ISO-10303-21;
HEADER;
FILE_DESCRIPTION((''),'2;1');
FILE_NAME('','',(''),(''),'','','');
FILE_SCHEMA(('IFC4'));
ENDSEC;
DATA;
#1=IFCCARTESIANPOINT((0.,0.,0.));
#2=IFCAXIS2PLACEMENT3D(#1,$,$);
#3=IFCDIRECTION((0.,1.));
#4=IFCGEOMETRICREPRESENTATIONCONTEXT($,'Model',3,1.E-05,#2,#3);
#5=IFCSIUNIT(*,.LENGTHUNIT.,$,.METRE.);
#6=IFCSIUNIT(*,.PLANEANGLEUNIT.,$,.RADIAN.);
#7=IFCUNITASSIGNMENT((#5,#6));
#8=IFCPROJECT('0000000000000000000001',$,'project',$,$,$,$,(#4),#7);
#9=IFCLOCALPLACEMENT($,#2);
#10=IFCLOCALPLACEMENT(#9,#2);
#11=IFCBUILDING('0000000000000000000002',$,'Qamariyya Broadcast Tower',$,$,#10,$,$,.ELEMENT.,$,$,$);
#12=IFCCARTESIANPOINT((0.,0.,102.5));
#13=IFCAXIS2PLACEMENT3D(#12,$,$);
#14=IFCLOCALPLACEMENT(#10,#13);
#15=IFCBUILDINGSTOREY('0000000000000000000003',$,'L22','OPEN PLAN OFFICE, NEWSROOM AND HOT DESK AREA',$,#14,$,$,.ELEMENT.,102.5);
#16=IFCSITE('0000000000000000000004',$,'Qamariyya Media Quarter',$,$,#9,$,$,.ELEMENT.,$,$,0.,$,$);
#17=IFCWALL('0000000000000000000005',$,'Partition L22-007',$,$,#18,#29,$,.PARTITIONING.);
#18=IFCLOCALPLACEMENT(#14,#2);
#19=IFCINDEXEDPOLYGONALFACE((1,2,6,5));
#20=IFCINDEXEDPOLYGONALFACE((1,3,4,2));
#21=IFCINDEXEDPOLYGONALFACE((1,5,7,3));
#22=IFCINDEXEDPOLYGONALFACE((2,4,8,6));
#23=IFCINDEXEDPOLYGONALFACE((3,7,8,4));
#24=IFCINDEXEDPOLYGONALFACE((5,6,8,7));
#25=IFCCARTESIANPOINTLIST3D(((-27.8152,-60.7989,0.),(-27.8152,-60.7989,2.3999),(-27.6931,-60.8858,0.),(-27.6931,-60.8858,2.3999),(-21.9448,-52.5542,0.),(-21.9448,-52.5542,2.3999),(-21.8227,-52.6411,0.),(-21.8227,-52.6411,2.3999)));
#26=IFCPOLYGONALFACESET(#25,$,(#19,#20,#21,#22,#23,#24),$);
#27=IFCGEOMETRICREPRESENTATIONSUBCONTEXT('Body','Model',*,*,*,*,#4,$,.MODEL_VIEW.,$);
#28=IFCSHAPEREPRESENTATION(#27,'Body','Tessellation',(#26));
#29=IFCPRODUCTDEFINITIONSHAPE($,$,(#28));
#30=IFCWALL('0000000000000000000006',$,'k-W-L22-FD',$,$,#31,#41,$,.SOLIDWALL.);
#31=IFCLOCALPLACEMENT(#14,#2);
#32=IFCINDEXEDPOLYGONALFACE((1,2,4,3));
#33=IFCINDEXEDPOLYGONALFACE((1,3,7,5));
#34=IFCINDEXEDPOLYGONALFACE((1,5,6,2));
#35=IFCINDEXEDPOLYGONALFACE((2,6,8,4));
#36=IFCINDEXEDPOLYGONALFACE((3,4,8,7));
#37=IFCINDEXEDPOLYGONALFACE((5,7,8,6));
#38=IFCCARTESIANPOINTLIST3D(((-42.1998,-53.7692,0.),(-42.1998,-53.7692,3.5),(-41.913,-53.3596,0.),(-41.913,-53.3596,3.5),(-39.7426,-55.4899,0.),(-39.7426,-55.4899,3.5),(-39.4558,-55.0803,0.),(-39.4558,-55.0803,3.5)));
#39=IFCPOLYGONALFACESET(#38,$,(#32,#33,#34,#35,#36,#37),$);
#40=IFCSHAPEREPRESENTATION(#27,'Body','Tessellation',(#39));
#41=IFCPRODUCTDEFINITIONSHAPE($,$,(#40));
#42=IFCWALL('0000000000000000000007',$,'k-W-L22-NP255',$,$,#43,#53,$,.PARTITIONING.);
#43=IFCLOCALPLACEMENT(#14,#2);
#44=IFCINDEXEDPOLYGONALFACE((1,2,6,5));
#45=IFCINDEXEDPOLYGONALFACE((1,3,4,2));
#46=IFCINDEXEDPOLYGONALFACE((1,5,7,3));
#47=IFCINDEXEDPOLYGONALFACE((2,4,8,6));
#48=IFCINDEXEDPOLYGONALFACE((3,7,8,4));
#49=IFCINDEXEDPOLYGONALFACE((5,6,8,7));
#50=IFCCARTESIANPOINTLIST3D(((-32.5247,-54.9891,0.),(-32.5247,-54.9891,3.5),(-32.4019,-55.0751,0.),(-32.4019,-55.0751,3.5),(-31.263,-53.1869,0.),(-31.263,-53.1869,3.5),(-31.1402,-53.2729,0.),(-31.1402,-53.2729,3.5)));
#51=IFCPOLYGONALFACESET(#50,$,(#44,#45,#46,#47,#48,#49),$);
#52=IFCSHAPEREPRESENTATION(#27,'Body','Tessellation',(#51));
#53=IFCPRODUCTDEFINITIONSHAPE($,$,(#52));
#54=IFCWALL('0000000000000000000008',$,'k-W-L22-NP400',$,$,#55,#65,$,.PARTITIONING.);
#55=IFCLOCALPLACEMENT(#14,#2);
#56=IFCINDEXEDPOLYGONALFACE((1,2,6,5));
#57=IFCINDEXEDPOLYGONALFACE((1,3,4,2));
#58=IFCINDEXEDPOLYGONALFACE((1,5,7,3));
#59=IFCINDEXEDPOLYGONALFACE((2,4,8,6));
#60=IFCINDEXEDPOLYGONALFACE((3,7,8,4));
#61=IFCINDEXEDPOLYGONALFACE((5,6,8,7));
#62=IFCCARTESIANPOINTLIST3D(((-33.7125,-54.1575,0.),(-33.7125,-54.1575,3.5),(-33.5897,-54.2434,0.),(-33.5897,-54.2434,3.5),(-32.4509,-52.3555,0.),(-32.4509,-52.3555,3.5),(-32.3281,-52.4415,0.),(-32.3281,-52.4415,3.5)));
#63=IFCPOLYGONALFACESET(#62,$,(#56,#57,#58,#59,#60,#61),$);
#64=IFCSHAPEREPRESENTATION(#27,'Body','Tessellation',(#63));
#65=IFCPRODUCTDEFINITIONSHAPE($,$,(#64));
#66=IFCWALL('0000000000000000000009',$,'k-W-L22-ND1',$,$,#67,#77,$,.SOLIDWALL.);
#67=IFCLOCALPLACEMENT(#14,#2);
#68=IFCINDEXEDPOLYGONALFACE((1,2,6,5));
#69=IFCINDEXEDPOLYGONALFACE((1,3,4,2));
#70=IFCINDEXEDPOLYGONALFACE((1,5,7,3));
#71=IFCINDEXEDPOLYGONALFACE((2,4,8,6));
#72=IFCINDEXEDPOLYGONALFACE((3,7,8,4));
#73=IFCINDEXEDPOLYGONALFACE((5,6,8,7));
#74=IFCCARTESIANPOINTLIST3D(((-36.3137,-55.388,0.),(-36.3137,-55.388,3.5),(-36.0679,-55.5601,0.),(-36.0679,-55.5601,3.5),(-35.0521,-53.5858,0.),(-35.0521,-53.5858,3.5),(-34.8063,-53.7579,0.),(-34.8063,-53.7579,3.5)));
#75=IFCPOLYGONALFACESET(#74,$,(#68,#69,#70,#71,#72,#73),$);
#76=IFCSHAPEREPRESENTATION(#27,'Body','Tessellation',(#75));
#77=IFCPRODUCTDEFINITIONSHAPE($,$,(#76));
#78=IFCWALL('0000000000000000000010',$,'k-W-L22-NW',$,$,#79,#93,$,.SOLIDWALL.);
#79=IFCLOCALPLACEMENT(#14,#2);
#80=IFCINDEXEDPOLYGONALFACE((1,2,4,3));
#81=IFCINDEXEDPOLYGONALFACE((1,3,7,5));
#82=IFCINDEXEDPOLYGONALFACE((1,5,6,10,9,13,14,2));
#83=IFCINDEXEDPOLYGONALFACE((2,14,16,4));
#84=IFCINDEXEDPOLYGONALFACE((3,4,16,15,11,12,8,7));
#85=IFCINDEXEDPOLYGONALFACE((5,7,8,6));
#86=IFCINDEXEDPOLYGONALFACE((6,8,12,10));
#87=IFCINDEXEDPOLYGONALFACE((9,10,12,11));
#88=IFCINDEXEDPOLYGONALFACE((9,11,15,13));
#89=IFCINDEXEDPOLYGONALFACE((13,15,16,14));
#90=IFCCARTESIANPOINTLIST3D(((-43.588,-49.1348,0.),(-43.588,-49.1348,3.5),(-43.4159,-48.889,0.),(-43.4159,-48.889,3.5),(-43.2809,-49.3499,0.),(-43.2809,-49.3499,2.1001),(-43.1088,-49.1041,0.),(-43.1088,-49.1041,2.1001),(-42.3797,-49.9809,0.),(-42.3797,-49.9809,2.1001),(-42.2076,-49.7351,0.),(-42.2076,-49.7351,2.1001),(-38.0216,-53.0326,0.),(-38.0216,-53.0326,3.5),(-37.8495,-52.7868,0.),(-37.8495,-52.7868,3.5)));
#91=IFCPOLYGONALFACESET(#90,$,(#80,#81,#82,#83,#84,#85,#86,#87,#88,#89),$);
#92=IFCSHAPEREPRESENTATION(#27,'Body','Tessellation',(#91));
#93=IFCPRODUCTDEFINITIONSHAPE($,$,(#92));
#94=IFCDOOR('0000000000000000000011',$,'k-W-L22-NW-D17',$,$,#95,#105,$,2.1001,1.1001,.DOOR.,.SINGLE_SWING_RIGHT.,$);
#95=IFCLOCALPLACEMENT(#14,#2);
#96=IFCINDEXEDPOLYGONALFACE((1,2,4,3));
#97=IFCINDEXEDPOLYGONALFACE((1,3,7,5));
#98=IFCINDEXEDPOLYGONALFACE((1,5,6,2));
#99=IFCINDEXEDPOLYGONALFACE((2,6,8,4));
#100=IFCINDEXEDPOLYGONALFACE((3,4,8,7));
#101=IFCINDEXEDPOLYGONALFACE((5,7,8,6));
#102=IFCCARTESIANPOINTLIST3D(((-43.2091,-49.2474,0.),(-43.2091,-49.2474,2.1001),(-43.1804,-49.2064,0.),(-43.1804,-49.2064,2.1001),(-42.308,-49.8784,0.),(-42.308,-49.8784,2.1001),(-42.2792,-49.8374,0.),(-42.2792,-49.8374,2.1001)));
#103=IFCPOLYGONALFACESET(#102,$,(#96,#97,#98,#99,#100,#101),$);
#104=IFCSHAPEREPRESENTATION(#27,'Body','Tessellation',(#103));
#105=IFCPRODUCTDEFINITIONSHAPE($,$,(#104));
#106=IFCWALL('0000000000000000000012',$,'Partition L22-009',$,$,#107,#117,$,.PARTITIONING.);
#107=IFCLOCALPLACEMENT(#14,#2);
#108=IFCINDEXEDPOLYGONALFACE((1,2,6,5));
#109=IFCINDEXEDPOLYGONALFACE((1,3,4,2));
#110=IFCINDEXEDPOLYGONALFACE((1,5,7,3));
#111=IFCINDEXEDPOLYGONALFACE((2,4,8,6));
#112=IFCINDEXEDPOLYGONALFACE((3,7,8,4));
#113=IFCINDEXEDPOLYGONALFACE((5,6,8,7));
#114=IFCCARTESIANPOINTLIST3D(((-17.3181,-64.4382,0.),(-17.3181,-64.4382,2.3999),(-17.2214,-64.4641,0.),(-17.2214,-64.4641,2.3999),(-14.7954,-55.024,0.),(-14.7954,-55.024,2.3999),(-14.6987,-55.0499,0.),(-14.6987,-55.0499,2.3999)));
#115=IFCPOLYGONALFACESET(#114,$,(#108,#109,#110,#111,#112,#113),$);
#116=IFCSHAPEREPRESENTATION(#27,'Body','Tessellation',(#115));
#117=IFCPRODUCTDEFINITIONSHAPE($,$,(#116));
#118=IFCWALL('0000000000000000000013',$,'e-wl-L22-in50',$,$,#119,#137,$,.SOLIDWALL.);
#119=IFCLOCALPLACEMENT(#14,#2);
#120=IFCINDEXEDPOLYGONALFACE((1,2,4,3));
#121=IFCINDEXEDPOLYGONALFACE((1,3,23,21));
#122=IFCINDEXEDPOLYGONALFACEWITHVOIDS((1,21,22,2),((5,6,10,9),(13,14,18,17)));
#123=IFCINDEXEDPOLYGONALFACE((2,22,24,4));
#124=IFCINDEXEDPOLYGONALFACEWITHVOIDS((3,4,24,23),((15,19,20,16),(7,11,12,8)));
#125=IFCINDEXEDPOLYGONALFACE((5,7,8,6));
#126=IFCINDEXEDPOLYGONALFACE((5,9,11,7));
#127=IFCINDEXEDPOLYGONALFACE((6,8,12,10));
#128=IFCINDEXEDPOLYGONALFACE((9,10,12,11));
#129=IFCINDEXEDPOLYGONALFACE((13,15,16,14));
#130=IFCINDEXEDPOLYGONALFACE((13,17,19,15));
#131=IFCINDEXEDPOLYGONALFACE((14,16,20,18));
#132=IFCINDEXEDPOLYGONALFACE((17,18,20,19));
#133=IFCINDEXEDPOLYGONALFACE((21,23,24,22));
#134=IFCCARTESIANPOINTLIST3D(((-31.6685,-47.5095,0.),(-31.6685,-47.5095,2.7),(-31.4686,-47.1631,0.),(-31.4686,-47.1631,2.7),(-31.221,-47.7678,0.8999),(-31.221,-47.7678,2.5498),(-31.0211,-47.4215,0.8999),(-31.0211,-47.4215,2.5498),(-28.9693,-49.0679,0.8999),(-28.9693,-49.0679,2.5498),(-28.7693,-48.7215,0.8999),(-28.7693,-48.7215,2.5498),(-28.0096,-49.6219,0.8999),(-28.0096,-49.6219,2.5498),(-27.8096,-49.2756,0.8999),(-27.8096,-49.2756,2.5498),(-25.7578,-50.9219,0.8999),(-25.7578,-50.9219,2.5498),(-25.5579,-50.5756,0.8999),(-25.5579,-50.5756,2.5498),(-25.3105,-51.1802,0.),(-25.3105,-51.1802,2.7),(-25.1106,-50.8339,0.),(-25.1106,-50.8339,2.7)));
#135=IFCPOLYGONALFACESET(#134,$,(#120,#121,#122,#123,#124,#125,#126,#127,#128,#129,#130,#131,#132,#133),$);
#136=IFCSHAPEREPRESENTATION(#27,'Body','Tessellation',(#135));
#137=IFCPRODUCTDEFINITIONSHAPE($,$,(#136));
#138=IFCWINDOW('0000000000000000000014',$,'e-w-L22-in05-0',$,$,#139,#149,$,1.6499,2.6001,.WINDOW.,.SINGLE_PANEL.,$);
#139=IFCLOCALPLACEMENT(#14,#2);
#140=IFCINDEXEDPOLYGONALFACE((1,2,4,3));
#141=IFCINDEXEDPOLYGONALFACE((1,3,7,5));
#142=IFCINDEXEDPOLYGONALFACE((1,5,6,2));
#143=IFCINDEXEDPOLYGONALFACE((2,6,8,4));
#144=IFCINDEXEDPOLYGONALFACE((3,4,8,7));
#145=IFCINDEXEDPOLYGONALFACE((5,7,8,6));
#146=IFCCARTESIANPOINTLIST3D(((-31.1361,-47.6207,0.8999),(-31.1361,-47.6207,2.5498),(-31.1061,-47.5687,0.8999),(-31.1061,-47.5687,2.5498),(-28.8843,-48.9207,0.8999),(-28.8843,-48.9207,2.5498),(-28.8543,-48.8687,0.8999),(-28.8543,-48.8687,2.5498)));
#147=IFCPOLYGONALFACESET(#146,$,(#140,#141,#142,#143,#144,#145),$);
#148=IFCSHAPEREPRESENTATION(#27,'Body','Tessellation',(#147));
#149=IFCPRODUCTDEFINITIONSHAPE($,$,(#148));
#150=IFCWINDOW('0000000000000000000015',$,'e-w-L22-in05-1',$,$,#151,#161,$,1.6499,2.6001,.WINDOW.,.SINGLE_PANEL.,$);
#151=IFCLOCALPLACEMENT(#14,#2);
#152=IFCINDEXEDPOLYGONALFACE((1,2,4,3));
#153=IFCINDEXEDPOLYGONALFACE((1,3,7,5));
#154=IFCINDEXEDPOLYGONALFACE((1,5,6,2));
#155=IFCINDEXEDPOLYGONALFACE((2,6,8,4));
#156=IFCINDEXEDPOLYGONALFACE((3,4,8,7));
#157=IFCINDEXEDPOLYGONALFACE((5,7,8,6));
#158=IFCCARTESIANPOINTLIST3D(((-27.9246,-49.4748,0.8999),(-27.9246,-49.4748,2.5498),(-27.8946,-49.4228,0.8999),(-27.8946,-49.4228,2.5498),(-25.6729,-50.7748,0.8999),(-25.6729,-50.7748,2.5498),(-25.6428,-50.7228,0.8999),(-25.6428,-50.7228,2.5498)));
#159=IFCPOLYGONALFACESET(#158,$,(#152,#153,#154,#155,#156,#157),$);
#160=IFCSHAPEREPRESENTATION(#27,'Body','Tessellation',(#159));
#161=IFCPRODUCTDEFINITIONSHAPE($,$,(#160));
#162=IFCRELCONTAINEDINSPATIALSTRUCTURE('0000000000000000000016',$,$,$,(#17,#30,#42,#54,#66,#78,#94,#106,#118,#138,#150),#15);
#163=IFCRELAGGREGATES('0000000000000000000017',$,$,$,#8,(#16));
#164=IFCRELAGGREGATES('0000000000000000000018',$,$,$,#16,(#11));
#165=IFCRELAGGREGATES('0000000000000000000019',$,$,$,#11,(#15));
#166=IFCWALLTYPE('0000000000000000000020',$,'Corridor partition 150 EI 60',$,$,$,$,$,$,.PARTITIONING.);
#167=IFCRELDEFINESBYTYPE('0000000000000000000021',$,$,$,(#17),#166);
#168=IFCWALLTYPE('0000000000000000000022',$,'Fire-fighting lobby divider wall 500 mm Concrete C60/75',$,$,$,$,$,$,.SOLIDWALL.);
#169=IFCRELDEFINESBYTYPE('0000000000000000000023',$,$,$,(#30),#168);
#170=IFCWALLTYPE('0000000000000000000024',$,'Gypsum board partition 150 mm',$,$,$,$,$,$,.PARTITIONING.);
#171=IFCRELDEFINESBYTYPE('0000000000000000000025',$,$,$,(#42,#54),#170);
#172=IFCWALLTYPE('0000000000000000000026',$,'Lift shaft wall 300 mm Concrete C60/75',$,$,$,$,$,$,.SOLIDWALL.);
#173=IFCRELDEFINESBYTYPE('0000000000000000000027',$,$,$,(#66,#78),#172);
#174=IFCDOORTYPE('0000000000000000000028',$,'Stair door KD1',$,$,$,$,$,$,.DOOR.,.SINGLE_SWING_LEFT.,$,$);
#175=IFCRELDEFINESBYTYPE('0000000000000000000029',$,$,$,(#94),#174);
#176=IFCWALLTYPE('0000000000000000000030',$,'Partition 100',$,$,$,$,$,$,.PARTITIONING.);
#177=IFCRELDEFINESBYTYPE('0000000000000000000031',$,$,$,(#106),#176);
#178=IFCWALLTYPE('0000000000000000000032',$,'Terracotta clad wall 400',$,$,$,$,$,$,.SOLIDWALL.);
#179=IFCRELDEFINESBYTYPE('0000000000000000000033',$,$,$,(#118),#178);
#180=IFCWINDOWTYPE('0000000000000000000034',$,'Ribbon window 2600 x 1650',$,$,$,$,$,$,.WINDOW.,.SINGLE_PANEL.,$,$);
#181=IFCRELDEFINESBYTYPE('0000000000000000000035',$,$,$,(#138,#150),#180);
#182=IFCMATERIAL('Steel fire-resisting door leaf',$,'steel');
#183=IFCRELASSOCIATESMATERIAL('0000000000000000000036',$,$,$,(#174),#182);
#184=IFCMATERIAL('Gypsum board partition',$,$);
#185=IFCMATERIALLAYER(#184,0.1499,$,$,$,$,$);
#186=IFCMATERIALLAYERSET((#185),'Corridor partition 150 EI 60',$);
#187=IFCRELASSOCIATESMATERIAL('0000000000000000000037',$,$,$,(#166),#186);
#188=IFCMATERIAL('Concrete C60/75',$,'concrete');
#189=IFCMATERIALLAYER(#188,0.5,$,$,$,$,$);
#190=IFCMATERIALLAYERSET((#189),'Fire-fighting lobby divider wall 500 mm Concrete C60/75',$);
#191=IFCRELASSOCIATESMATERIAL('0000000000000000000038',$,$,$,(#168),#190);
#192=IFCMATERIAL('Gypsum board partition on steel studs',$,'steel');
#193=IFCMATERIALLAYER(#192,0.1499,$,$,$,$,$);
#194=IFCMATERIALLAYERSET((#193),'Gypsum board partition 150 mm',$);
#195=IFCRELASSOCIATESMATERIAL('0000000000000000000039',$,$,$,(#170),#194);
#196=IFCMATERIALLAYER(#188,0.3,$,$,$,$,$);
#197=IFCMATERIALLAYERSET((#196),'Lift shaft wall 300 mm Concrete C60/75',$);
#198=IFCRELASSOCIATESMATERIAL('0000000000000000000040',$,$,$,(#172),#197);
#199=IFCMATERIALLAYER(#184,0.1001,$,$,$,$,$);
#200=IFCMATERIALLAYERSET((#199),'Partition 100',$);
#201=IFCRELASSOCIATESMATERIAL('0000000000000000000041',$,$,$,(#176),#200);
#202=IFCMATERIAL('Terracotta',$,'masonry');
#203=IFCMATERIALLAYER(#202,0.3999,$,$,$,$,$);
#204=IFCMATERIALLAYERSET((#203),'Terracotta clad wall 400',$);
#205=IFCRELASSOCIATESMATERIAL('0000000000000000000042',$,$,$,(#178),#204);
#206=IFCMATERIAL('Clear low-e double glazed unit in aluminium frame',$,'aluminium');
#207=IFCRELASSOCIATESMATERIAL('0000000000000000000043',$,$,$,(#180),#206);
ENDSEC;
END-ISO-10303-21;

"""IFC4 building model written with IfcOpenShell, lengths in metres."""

from ifc_helpers import new_model, si_unit, direction, frame, frame_2d, origin, place, context, subcontext, project, spatial, rectangle, extrude, material, layer, layer_set, type_object, element, fill, save


model = new_model("IFC4")

# Units and contexts
model_context = context("Model", 3, precision=1e-05, world=origin(), true_north=direction((0.0, 1.0)))
body_context = subcontext(model_context, "Body", "Model", "MODEL_VIEW")
ifc_project = project(units=[si_unit("LENGTHUNIT", "METRE"), si_unit("PLANEANGLEUNIT", "RADIAN")], contexts=[model_context])

# Site, building, storey
site_placement = place(None, origin())
site = spatial("IfcSite", under=ifc_project, at=site_placement, Name="Qamariyya Media Quarter", CompositionType="ELEMENT", RefElevation=0.0)
building_placement = place(site_placement, origin())
building = spatial("IfcBuilding", under=site, at=building_placement, Name="Qamariyya Broadcast Tower", CompositionType="ELEMENT")
storey_placement = place(building_placement, frame((0.0, 0.0, 102.5)))
storey = spatial("IfcBuildingStorey", under=building, at=storey_placement, Name="L22", Description="OPEN PLAN OFFICE, NEWSROOM AND HOT DESK AREA", CompositionType="ELEMENT", Elevation=102.5)

# Shared definitions
ifc_material_1 = material(Name="Steel fire-resisting door leaf", Category="steel")
door_type_1 = type_object("IfcDoorType", Name="Stair door KD1", OperationType="SINGLE_SWING_LEFT", PredefinedType="DOOR", material=ifc_material_1)

# Walls
ifc_material_2 = material(Name="Gypsum board partition")
ifc_layer_1 = layer(ifc_material_2, 0.1499)
ifc_layer_set_1 = layer_set([ifc_layer_1], Name="Corridor partition 150 EI 60")
wall_type_1 = type_object("IfcWallType", Name="Corridor partition 150 EI 60", PredefinedType="PARTITIONING", material=ifc_layer_set_1)
wall_1_placement = place(storey_placement, frame((-21.8838, -52.5977, 0.0), z_axis=(0.0, 0.0, 1.0), x_axis=(-0.580017, -0.814605, 0.0)))
element("IfcWall", 1, at=wall_1_placement, inside=storey, type_object=wall_type_1, Name="Partition L22-007", PredefinedType="PARTITIONING", context=body_context, shape_type="SweptSolid", body=[
    extrude(rectangle(XDim=10.1211, YDim=0.1499, at=frame_2d((5.0605, 0.0))), origin(), (0.0, 0.0, 1.0), 2.3999),
])
ifc_material_3 = material(Name="Concrete C60/75", Category="concrete")
ifc_layer_2 = layer(ifc_material_3, 0.5)
ifc_layer_set_2 = layer_set([ifc_layer_2], Name="Fire-fighting lobby divider wall 500 mm Concrete C60/75")
wall_type_2 = type_object("IfcWallType", Name="Fire-fighting lobby divider wall 500 mm Concrete C60/75", PredefinedType="SOLIDWALL", material=ifc_layer_set_2)
wall_2_placement = place(storey_placement, frame((-39.5991, -55.2852, 0.0), z_axis=(0.0, 0.0, 1.0), x_axis=(-0.819136, 0.573599, 0.0)))
element("IfcWall", 2, at=wall_2_placement, inside=storey, type_object=wall_type_2, Name="k-W-L22-FD", PredefinedType="SOLIDWALL", context=body_context, shape_type="SweptSolid", body=[
    extrude(rectangle(XDim=2.9998, YDim=0.5, at=frame_2d((1.5, 0.0))), origin(), (0.0, 0.0, 1.0), 3.5),
])
ifc_material_4 = material(Name="Gypsum board partition on steel studs", Category="steel")
ifc_layer_3 = layer(ifc_material_4, 0.1499)
ifc_layer_set_3 = layer_set([ifc_layer_3], Name="Gypsum board partition 150 mm")
wall_type_3 = type_object("IfcWallType", Name="Gypsum board partition 150 mm", PredefinedType="PARTITIONING", material=ifc_layer_set_3)
wall_3_placement = place(storey_placement, frame((-32.4634, -55.0322, 0.0), z_axis=(0.0, 0.0, 1.0), x_axis=(0.573507, 0.819201, 0.0)))
element("IfcWall", 3, at=wall_3_placement, inside=storey, type_object=wall_type_3, Name="k-W-L22-NP255", PredefinedType="PARTITIONING", context=body_context, shape_type="SweptSolid", body=[
    extrude(rectangle(XDim=2.2, YDim=0.1499, at=frame_2d((1.1001, 0.0))), origin(), (0.0, 0.0, 1.0), 3.5),
])
wall_4_placement = place(storey_placement, frame((-33.6511, -54.2004, 0.0), z_axis=(0.0, 0.0, 1.0), x_axis=(0.573559, 0.819164, 0.0)))
element("IfcWall", 4, at=wall_4_placement, inside=storey, type_object=wall_type_3, Name="k-W-L22-NP400", PredefinedType="PARTITIONING", context=body_context, shape_type="SweptSolid", body=[
    extrude(rectangle(XDim=2.1997, YDim=0.1499, at=frame_2d((1.0999, 0.0))), origin(), (0.0, 0.0, 1.0), 3.5),
])
ifc_layer_4 = layer(ifc_material_3, 0.3)
ifc_layer_set_4 = layer_set([ifc_layer_4], Name="Lift shaft wall 300 mm Concrete C60/75")
wall_type_4 = type_object("IfcWallType", Name="Lift shaft wall 300 mm Concrete C60/75", PredefinedType="SOLIDWALL", material=ifc_layer_set_4)
wall_5_placement = place(storey_placement, frame((-36.1909, -55.4741, 0.0), z_axis=(0.0, 0.0, 1.0), x_axis=(0.573507, 0.819201, 0.0)))
element("IfcWall", 5, at=wall_5_placement, inside=storey, type_object=wall_type_4, Name="k-W-L22-ND1", PredefinedType="SOLIDWALL", context=body_context, shape_type="SweptSolid", body=[
    extrude(rectangle(XDim=2.2, YDim=0.3, at=frame_2d((1.1001, 0.0))), origin(), (0.0, 0.0, 1.0), 3.5),
])

# Wall, opening, door
wall_6_placement = place(storey_placement, frame((-37.9355, -52.9097, 0.0), z_axis=(0.0, 0.0, 1.0), x_axis=(-0.819148, 0.573583, 0.0)))
wall_6 = element("IfcWall", 6, at=wall_6_placement, inside=storey, type_object=wall_type_4, Name="k-W-L22-NW", PredefinedType="SOLIDWALL", context=body_context, shape_type="SweptSolid", body=[
    extrude(rectangle(XDim=6.7954, YDim=0.3, at=frame_2d((3.3977, 0.0))), origin(), (0.0, 0.0, 1.0), 3.5),
])
opening_1_placement = place(wall_6_placement, frame((5.3203, 0.0, 0.0)))
opening_1 = element("IfcOpeningElement", 7, at=opening_1_placement, cuts=wall_6, PredefinedType="OPENING", context=body_context, shape_type="SweptSolid", body=[
    extrude(rectangle(XDim=1.1001, YDim=2.1001, at=frame_2d((0.55, 1.05))), frame((0.0, 0.1599, 0.0), z_axis=(0.0, -1.0, 0.0), x_axis=(1.0, 0.0, 0.0)), (0.0, 0.0, 1.0), 0.3201),
])
door_1_placement = place(opening_1_placement, origin())
door_1 = element("IfcDoor", 8, at=door_1_placement, inside=storey, type_object=door_type_1, Name="k-W-L22-NW-D17", OperationType="SINGLE_SWING_RIGHT", OverallHeight=2.1001, OverallWidth=1.1001, PredefinedType="DOOR", context=body_context, shape_type="SweptSolid", body=[
    extrude(rectangle(XDim=1.1001, YDim=2.1001, at=frame_2d((0.55, 1.05))), frame((0.0, 0.0249, 0.0), z_axis=(0.0, -1.0, 0.0), x_axis=(1.0, 0.0, 0.0)), (0.0, 0.0, 1.0), 0.05),
])
fill(opening_1, door_1)

# Wall
ifc_layer_5 = layer(ifc_material_2, 0.1001)
ifc_layer_set_5 = layer_set([ifc_layer_5], Name="Partition 100")
wall_type_5 = type_object("IfcWallType", Name="Partition 100", PredefinedType="PARTITIONING", material=ifc_layer_set_5)
wall_7_placement = place(storey_placement, frame((-14.7471, -55.0371, 0.0), z_axis=(0.0, 0.0, 1.0), x_axis=(-0.258833, -0.965922, 0.0)))
element("IfcWall", 9, at=wall_7_placement, inside=storey, type_object=wall_type_5, Name="Partition L22-009", PredefinedType="PARTITIONING", context=body_context, shape_type="SweptSolid", body=[
    extrude(rectangle(XDim=9.7463, YDim=0.1001, at=frame_2d((4.873, 0.0))), origin(), (0.0, 0.0, 1.0), 2.3999),
])

# Wall, openings, windows
ifc_material_5 = material(Name="Terracotta", Category="masonry")
ifc_layer_6 = layer(ifc_material_5, 0.3999)
ifc_layer_set_6 = layer_set([ifc_layer_6], Name="Terracotta clad wall 400")
wall_type_6 = type_object("IfcWallType", Name="Terracotta clad wall 400", PredefinedType="SOLIDWALL", material=ifc_layer_set_6)
wall_8_placement = place(storey_placement, frame((-25.2104, -51.0071, 0.0), z_axis=(0.0, 0.0, 1.0), x_axis=(-0.866031, 0.499991, 0.0)))
wall_8 = element("IfcWall", 10, at=wall_8_placement, inside=storey, type_object=wall_type_6, Name="e-wl-L22-in50", PredefinedType="SOLIDWALL", context=body_context, shape_type="SweptSolid", body=[
    extrude(rectangle(XDim=7.3416, YDim=0.3999, at=frame_2d((3.6709, 0.0))), origin(), (0.0, 0.0, 1.0), 2.7),
])
opening_2_placement = place(wall_8_placement, frame((4.2249, 0.0, 0.8999)))
opening_2 = element("IfcOpeningElement", 11, at=opening_2_placement, cuts=wall_8, PredefinedType="OPENING", context=body_context, shape_type="SweptSolid", body=[
    extrude(rectangle(XDim=2.6001, YDim=1.6499, at=frame_2d((1.3, 0.825))), frame((0.0, 0.21, 0.0), z_axis=(0.0, -1.0, 0.0), x_axis=(1.0, 0.0, 0.0)), (0.0, 0.0, 1.0), 0.4199),
])
opening_3_placement = place(wall_8_placement, frame((0.5166, 0.0, 0.8999)))
opening_3 = element("IfcOpeningElement", 12, at=opening_3_placement, cuts=wall_8, PredefinedType="OPENING", context=body_context, shape_type="SweptSolid", body=[
    extrude(rectangle(XDim=2.6001, YDim=1.6499, at=frame_2d((1.3, 0.825))), frame((0.0, 0.21, 0.0), z_axis=(0.0, -1.0, 0.0), x_axis=(1.0, 0.0, 0.0)), (0.0, 0.0, 1.0), 0.4199),
])
ifc_material_6 = material(Name="Clear low-e double glazed unit in aluminium frame", Category="aluminium")
window_type = type_object("IfcWindowType", Name="Ribbon window 2600 x 1650", PartitioningType="SINGLE_PANEL", PredefinedType="WINDOW", material=ifc_material_6)
window_1_placement = place(opening_2_placement, origin())
window_1 = element("IfcWindow", 13, at=window_1_placement, inside=storey, type_object=window_type, Name="e-w-L22-in05-0", OverallHeight=1.6499, OverallWidth=2.6001, PartitioningType="SINGLE_PANEL", PredefinedType="WINDOW", context=body_context, shape_type="SweptSolid", body=[
    extrude(rectangle(XDim=2.6001, YDim=1.6499, at=frame_2d((1.3, 0.825))), frame((0.0, 0.03, 0.0), z_axis=(0.0, -1.0, 0.0), x_axis=(1.0, 0.0, 0.0)), (0.0, 0.0, 1.0), 0.0601),
])
fill(opening_2, window_1)
window_2_placement = place(opening_3_placement, origin())
window_2 = element("IfcWindow", 14, at=window_2_placement, inside=storey, type_object=window_type, Name="e-w-L22-in05-1", OverallHeight=1.6499, OverallWidth=2.6001, PartitioningType="SINGLE_PANEL", PredefinedType="WINDOW", context=body_context, shape_type="SweptSolid", body=[
    extrude(rectangle(XDim=2.6001, YDim=1.6499, at=frame_2d((1.3, 0.825))), frame((0.0, 0.03, 0.0), z_axis=(0.0, -1.0, 0.0), x_axis=(1.0, 0.0, 0.0)), (0.0, 0.0, 1.0), 0.0601),
])
fill(opening_3, window_2)

save(model, "model.ifc")
